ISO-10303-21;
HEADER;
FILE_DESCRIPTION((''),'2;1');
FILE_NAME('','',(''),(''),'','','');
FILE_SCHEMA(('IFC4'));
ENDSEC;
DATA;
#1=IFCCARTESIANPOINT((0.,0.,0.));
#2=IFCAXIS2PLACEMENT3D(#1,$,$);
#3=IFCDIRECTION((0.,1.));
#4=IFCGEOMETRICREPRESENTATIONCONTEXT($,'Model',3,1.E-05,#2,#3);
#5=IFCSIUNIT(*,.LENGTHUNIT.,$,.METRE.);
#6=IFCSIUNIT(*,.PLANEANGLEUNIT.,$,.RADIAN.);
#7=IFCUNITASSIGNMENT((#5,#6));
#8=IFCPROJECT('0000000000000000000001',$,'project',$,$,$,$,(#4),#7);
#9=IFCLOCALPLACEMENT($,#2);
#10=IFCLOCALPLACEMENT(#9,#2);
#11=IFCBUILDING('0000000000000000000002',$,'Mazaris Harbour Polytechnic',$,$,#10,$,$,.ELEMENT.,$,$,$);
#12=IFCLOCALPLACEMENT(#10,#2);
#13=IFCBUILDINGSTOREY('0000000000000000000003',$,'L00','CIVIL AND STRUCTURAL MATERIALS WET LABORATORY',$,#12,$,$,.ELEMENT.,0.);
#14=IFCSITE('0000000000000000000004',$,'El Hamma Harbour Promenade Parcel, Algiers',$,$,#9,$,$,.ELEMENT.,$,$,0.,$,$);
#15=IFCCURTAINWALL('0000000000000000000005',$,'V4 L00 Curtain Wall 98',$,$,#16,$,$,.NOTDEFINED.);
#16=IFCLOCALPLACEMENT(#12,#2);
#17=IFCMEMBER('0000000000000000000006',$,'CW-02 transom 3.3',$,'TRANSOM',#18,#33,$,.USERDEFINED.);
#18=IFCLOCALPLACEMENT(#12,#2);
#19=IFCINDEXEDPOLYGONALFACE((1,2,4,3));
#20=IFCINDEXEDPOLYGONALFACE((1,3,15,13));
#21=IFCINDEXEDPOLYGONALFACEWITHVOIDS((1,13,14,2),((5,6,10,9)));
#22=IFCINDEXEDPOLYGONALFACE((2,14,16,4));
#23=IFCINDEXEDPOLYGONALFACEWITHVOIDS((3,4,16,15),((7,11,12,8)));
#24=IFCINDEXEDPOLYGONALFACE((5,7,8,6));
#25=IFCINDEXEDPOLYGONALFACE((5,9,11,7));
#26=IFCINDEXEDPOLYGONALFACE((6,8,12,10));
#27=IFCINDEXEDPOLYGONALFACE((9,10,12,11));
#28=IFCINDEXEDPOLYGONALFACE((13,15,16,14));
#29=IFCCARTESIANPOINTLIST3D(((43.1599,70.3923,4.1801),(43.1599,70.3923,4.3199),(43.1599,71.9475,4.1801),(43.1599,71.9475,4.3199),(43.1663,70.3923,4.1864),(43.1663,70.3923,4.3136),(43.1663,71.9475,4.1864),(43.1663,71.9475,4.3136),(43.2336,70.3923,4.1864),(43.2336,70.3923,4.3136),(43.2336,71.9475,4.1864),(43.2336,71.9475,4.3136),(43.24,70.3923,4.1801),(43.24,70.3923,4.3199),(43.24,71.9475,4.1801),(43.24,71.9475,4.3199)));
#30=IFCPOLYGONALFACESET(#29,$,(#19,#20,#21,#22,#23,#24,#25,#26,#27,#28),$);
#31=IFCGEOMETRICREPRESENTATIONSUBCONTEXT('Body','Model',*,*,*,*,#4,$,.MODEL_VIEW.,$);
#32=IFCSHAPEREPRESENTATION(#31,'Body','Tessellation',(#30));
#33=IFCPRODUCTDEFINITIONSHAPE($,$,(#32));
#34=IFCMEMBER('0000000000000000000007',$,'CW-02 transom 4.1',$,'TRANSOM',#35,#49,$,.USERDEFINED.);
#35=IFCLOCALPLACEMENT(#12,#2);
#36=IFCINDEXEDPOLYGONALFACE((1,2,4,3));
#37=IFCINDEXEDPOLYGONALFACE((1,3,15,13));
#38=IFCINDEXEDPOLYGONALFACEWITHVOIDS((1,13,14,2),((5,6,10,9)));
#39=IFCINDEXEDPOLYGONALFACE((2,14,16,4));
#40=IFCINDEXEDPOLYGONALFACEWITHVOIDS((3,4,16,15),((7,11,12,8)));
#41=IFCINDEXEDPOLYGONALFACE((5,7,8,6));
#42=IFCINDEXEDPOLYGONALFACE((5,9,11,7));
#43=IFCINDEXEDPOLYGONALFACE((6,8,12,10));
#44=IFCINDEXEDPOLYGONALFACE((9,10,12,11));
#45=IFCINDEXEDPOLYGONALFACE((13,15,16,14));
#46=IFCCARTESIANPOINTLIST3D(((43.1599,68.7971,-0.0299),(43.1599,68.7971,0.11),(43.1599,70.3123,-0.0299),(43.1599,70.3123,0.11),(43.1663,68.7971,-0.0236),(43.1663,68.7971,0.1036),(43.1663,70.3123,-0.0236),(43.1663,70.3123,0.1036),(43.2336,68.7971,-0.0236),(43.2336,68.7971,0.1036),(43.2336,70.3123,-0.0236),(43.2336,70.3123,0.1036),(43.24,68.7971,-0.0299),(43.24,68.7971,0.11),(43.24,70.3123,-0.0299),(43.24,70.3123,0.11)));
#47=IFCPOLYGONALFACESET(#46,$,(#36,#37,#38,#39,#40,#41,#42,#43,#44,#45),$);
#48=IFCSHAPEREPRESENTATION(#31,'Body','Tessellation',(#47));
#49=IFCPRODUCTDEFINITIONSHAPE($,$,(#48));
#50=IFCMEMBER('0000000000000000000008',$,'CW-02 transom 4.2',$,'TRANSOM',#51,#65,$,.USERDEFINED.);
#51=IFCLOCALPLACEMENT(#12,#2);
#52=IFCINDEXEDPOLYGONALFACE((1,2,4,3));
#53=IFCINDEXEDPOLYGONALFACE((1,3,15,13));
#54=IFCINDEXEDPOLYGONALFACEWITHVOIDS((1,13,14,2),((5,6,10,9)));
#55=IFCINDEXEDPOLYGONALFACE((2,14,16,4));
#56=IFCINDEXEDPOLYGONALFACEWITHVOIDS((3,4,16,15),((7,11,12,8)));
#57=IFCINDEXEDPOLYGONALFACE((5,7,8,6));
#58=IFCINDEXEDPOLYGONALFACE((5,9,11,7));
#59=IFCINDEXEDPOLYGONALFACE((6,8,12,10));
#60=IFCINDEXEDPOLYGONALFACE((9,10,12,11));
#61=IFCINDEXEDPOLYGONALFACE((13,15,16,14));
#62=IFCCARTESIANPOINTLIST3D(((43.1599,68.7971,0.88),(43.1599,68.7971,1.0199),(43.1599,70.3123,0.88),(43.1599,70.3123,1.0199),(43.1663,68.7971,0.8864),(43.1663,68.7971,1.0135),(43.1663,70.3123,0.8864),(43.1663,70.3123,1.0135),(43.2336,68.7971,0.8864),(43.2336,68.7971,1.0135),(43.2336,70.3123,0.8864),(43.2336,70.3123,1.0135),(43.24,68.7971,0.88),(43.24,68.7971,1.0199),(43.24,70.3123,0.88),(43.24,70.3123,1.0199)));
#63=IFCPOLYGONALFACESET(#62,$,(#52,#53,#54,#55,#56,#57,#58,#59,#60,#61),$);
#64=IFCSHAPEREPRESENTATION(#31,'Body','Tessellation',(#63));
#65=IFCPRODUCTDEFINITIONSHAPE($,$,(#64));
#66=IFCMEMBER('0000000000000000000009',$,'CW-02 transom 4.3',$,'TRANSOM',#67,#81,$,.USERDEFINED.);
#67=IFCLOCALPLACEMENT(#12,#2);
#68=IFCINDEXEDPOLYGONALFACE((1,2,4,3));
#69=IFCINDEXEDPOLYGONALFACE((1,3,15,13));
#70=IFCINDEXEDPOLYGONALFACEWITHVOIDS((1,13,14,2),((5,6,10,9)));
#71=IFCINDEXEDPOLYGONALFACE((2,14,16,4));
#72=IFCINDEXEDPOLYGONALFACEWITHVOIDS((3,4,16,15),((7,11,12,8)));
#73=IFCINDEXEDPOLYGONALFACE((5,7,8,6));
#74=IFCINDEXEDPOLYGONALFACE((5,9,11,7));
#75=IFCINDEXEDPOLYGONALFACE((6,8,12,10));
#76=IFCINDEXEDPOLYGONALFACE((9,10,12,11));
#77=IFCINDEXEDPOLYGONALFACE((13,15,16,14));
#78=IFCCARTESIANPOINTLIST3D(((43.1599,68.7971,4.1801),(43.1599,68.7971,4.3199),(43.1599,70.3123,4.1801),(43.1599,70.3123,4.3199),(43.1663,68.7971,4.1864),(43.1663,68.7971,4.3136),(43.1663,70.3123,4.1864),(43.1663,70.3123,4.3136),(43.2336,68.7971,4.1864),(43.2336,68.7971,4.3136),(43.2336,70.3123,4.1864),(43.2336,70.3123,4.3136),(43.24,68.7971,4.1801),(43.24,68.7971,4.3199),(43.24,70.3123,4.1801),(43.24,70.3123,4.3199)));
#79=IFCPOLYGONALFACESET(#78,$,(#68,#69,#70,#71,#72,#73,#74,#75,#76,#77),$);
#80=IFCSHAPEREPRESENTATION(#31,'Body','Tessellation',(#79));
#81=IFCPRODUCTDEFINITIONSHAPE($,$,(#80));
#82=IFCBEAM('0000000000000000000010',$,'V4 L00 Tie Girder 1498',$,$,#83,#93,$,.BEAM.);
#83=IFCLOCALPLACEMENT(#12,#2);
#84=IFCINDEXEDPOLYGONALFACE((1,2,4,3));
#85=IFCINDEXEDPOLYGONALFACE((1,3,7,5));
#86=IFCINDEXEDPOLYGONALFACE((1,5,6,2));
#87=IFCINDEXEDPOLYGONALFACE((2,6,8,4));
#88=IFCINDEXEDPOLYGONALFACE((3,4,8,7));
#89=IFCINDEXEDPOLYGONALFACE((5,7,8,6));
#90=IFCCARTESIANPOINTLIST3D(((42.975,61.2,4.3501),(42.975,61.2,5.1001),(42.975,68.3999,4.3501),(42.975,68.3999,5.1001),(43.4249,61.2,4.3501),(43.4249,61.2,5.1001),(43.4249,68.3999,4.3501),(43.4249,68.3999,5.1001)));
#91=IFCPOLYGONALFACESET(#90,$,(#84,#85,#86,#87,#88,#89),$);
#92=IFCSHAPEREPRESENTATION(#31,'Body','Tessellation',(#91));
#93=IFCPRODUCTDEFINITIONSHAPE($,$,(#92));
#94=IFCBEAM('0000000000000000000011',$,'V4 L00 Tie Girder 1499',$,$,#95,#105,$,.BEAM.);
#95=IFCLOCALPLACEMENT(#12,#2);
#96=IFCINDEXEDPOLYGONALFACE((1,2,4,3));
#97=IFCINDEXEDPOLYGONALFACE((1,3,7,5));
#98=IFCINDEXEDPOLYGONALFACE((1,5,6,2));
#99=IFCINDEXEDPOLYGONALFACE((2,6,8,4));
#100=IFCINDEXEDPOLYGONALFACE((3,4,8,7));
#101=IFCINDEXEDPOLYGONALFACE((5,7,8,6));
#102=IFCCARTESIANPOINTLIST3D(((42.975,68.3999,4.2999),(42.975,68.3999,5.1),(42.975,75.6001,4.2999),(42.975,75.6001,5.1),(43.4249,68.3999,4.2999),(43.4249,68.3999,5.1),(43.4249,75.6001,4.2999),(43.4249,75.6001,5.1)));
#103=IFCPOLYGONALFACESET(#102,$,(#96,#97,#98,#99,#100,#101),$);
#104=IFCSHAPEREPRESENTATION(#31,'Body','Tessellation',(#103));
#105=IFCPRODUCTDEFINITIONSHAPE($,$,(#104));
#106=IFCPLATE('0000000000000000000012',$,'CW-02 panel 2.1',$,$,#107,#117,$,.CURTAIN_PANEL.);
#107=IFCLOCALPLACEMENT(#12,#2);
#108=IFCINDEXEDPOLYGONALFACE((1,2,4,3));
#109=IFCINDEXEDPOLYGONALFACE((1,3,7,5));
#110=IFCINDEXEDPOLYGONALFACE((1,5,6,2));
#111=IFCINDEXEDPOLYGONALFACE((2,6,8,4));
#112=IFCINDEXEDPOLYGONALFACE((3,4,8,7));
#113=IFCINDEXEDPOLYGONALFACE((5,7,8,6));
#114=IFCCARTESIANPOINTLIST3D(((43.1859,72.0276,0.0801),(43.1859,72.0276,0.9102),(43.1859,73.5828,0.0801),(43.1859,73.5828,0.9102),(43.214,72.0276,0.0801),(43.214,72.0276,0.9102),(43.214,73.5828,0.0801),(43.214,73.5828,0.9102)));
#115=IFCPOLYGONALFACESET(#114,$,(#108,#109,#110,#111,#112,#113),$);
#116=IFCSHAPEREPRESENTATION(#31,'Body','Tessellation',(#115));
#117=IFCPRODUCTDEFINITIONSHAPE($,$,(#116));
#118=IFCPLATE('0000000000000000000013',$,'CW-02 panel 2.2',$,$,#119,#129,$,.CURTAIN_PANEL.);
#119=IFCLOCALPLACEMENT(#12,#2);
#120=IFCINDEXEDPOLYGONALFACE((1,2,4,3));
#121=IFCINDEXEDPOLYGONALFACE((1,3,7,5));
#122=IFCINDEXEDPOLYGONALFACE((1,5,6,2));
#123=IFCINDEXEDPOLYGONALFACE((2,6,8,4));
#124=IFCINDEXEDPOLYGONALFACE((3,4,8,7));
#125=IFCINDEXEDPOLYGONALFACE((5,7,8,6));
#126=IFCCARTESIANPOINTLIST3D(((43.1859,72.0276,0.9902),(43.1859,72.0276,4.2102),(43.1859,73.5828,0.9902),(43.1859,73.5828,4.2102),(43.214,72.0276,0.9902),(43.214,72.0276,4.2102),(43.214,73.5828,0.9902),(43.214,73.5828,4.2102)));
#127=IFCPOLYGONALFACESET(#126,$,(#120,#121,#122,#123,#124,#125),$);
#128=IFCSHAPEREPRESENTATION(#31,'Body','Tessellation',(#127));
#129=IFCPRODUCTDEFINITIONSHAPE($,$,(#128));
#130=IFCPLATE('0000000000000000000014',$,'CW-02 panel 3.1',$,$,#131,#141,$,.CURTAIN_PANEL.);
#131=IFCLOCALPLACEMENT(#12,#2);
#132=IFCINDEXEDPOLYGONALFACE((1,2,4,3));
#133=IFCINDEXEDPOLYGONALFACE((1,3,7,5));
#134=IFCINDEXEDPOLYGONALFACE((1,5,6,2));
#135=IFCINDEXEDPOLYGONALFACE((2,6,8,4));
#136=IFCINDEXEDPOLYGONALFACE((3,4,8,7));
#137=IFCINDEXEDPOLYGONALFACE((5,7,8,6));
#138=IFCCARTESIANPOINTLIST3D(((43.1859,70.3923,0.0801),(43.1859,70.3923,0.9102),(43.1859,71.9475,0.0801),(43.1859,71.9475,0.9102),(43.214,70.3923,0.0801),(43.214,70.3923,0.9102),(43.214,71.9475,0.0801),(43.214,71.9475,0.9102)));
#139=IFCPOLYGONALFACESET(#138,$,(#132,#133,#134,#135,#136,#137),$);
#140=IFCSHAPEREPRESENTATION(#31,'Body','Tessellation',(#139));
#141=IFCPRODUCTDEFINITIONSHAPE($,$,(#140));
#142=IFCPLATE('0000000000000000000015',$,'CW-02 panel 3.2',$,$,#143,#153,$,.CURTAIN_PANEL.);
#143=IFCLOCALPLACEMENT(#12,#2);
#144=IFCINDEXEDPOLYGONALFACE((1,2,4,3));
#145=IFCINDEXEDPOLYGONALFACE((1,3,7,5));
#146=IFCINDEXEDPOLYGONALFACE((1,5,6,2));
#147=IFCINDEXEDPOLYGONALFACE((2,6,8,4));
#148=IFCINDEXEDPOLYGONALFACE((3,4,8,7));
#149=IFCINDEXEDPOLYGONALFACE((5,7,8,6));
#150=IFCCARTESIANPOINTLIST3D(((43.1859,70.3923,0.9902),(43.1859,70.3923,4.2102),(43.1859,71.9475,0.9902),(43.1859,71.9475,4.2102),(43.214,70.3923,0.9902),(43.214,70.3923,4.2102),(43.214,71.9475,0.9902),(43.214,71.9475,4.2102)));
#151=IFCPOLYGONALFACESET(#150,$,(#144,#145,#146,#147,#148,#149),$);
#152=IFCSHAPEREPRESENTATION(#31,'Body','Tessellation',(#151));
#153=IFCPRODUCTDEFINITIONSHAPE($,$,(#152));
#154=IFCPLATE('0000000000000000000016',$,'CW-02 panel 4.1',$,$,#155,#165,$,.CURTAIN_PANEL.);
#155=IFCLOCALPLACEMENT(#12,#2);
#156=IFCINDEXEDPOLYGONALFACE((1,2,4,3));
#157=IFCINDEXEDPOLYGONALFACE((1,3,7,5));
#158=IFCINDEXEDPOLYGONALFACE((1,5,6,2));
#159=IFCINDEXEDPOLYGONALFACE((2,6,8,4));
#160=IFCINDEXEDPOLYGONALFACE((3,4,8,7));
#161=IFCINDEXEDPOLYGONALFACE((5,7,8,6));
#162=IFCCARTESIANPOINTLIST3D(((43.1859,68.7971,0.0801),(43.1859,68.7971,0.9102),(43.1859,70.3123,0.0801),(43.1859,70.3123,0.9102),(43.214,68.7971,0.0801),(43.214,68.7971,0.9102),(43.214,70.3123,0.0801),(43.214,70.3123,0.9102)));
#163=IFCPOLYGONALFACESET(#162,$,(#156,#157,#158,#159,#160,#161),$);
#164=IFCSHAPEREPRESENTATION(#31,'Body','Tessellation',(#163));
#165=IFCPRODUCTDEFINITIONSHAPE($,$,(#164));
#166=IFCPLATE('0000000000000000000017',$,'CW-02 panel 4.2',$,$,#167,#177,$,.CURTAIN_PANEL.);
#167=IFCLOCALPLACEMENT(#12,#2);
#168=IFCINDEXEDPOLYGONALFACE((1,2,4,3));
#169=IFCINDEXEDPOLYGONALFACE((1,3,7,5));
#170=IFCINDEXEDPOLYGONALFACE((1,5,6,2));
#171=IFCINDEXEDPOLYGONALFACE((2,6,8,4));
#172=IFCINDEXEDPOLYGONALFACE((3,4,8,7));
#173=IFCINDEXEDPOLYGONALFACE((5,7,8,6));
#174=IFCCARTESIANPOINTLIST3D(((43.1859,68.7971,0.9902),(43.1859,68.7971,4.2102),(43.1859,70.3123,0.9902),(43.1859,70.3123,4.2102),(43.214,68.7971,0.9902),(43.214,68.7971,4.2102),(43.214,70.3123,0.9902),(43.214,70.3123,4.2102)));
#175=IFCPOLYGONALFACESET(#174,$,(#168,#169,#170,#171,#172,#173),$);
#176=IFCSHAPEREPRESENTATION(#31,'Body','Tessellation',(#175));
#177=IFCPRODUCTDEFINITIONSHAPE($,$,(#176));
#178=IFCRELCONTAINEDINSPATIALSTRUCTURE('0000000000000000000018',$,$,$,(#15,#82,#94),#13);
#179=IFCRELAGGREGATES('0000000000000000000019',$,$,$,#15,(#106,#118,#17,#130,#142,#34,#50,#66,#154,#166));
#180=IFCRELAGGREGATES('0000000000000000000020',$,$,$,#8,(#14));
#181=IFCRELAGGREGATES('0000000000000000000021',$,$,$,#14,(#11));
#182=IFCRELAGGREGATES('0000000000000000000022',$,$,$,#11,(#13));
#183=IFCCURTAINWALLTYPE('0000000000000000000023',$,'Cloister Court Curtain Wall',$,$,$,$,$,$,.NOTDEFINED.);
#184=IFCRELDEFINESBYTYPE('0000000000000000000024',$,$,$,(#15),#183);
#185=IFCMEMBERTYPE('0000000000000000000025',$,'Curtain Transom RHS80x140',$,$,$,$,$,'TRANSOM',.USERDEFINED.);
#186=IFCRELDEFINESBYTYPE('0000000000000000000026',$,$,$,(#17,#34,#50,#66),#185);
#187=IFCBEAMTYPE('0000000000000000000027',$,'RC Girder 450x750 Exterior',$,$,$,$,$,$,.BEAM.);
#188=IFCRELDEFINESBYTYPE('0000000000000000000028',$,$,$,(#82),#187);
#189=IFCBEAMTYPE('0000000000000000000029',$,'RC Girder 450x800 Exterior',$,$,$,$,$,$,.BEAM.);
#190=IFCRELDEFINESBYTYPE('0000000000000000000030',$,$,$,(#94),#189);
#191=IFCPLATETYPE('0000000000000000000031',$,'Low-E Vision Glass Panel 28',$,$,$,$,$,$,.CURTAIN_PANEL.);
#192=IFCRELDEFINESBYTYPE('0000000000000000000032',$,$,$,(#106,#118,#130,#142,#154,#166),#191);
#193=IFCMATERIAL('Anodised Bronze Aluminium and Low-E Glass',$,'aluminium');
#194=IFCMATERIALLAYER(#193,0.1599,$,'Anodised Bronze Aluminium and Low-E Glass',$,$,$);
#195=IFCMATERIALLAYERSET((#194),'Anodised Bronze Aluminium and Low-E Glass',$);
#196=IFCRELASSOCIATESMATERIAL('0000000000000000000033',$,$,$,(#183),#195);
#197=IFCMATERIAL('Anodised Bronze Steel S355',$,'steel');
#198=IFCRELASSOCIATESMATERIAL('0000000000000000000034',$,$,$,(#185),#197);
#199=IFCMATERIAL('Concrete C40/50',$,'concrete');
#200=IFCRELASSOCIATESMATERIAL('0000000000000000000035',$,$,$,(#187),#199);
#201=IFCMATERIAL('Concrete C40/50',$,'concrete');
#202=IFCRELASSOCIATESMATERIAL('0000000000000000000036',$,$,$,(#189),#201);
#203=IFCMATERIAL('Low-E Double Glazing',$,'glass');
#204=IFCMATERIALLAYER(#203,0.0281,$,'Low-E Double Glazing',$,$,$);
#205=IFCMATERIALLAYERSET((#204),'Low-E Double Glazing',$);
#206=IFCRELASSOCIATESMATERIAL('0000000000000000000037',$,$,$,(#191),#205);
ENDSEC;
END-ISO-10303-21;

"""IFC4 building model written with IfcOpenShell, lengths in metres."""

from ifc_helpers import new_model, si_unit, direction, frame, origin, origin_2d, place, context, subcontext, project, spatial, rectangle, hollow_rectangle, extrude, material, layer, layer_set, material_profile, profile_set, type_object, element, aggregate, save


model = new_model("IFC4")

# Units and contexts
model_context = context("Model", 3, precision=1e-05, world=origin(), true_north=direction((0.0, 1.0)))
body_context = subcontext(model_context, "Body", "Model", "MODEL_VIEW")
ifc_project = project(units=[si_unit("LENGTHUNIT", "METRE"), si_unit("PLANEANGLEUNIT", "RADIAN")], contexts=[model_context])

# Site, building, storey
site_placement = place(None, origin())
site = spatial("IfcSite", under=ifc_project, at=site_placement, Name="El Hamma Harbour Promenade Parcel, Algiers", CompositionType="ELEMENT", RefElevation=0.0)
building_placement = place(site_placement, origin())
building = spatial("IfcBuilding", under=site, at=building_placement, Name="Mazaris Harbour Polytechnic", CompositionType="ELEMENT")
storey_placement = place(building_placement, origin())
storey = spatial("IfcBuildingStorey", under=building, at=storey_placement, Name="L00", Description="CIVIL AND STRUCTURAL MATERIALS WET LABORATORY", CompositionType="ELEMENT", Elevation=0.0)

# Shared definitions
ifc_material_1 = material(Name="Anodised Bronze Aluminium and Low-E Glass", Category="aluminium")
ifc_layer_1 = layer(ifc_material_1, 0.1599, Name="Anodised Bronze Aluminium and Low-E Glass")
ifc_layer_set_1 = layer_set([ifc_layer_1], Name="Anodised Bronze Aluminium and Low-E Glass")
curtain_wall_type = type_object("IfcCurtainWallType", Name="Cloister Court Curtain Wall", PredefinedType="NOTDEFINED", material=ifc_layer_set_1)

# Curtain wall, members
curtain_wall_1_placement = place(storey_placement, origin())
curtain_wall_1 = element("IfcCurtainWall", 1, at=curtain_wall_1_placement, inside=storey, type_object=curtain_wall_type, Name="V4 L00 Curtain Wall 98", PredefinedType="NOTDEFINED")
ifc_material_2 = material(Name="Anodised Bronze Steel S355", Category="steel")
ifc_material_profile_1 = material_profile(ifc_material_2, hollow_rectangle(XDim=0.0801, YDim=0.1399, WallThickness=0.0063, at=origin_2d()), Name="RHS 80x140x6.3")
ifc_profile_set_1 = profile_set([ifc_material_profile_1], Name="Anodised Bronze Steel S355")
member_type_1 = type_object("IfcMemberType", Name="Curtain Transom RHS80x140", ElementType="TRANSOM", PredefinedType="USERDEFINED", material=ifc_profile_set_1)
member_1_placement = place(storey_placement, frame((43.2, 71.9475, 4.25), z_axis=(0.0, -1.0, 0.0), x_axis=(1.0, 0.0, 0.0)))
member_1 = element("IfcMember", 2, at=member_1_placement, type_object=member_type_1, Name="CW-02 transom 3.3", ObjectType="TRANSOM", PredefinedType="USERDEFINED", context=body_context, shape_type="SweptSolid", body=[
    extrude(hollow_rectangle(XDim=0.0801, YDim=0.1399, WallThickness=0.0063, at=origin_2d()), origin(), (0.0, 0.0, 1.0), 1.5552),
])
member_2_placement = place(storey_placement, frame((43.2, 70.3123, 0.04), z_axis=(0.0, -1.0, 0.0), x_axis=(1.0, 0.0, 0.0)))
member_2 = element("IfcMember", 3, at=member_2_placement, type_object=member_type_1, Name="CW-02 transom 4.1", ObjectType="TRANSOM", PredefinedType="USERDEFINED", context=body_context, shape_type="SweptSolid", body=[
    extrude(hollow_rectangle(XDim=0.0801, YDim=0.1399, WallThickness=0.0063, at=origin_2d()), origin(), (0.0, 0.0, 1.0), 1.5151),
])
member_3_placement = place(storey_placement, frame((43.2, 70.3123, 0.95), z_axis=(0.0, -1.0, 0.0), x_axis=(1.0, 0.0, 0.0)))
member_3 = element("IfcMember", 4, at=member_3_placement, type_object=member_type_1, Name="CW-02 transom 4.2", ObjectType="TRANSOM", PredefinedType="USERDEFINED", context=body_context, shape_type="SweptSolid", body=[
    extrude(hollow_rectangle(XDim=0.0801, YDim=0.1399, WallThickness=0.0063, at=origin_2d()), origin(), (0.0, 0.0, 1.0), 1.5151),
])
member_4_placement = place(storey_placement, frame((43.2, 70.3123, 4.25), z_axis=(0.0, -1.0, 0.0), x_axis=(1.0, 0.0, 0.0)))
member_4 = element("IfcMember", 5, at=member_4_placement, type_object=member_type_1, Name="CW-02 transom 4.3", ObjectType="TRANSOM", PredefinedType="USERDEFINED", context=body_context, shape_type="SweptSolid", body=[
    extrude(hollow_rectangle(XDim=0.0801, YDim=0.1399, WallThickness=0.0063, at=origin_2d()), origin(), (0.0, 0.0, 1.0), 1.5151),
])

# Beams
ifc_material_3 = material(Name="Concrete C40/50", Category="concrete")
ifc_material_profile_2 = material_profile(ifc_material_3, rectangle(XDim=0.45, YDim=0.75, at=origin_2d()), Name="RECT450x750")
ifc_profile_set_2 = profile_set([ifc_material_profile_2], Name="Concrete C40/50")
beam_type_1 = type_object("IfcBeamType", Name="RC Girder 450x750 Exterior", PredefinedType="BEAM", material=ifc_profile_set_2)
beam_1_placement = place(storey_placement, frame((43.2, 61.2, 4.7251), z_axis=(0.0, 1.0, 0.0), x_axis=(-1.0, 0.0, 0.0)))
element("IfcBeam", 6, at=beam_1_placement, inside=storey, type_object=beam_type_1, Name="V4 L00 Tie Girder 1498", PredefinedType="BEAM", context=body_context, shape_type="SweptSolid", body=[
    extrude(rectangle(XDim=0.45, YDim=0.75, at=origin_2d()), origin(), (0.0, 0.0, 1.0), 7.2),
])
ifc_material_4 = material(Name="Concrete C40/50", Category="concrete")
ifc_material_profile_3 = material_profile(ifc_material_4, rectangle(XDim=0.45, YDim=0.8, at=origin_2d()), Name="RECT450x800")
ifc_profile_set_3 = profile_set([ifc_material_profile_3], Name="Concrete C40/50")
beam_type_2 = type_object("IfcBeamType", Name="RC Girder 450x800 Exterior", PredefinedType="BEAM", material=ifc_profile_set_3)
beam_2_placement = place(storey_placement, frame((43.2, 68.3999, 4.7), z_axis=(0.0, 1.0, 0.0), x_axis=(-1.0, 0.0, 0.0)))
element("IfcBeam", 7, at=beam_2_placement, inside=storey, type_object=beam_type_2, Name="V4 L00 Tie Girder 1499", PredefinedType="BEAM", context=body_context, shape_type="SweptSolid", body=[
    extrude(rectangle(XDim=0.45, YDim=0.8, at=origin_2d()), origin(), (0.0, 0.0, 1.0), 7.2002),
])

# Plates
ifc_material_5 = material(Name="Low-E Double Glazing", Category="glass")
ifc_layer_2 = layer(ifc_material_5, 0.0281, Name="Low-E Double Glazing")
ifc_layer_set_2 = layer_set([ifc_layer_2], Name="Low-E Double Glazing")
plate_type = type_object("IfcPlateType", Name="Low-E Vision Glass Panel 28", PredefinedType="CURTAIN_PANEL", material=ifc_layer_set_2)
plate_1_placement = place(storey_placement, frame((43.2, 72.8052, 0.0801), z_axis=(0.0, 0.0, 1.0), x_axis=(0.0, -1.0, 0.0)))
plate_1 = element("IfcPlate", 8, at=plate_1_placement, type_object=plate_type, Name="CW-02 panel 2.1", PredefinedType="CURTAIN_PANEL", context=body_context, shape_type="SweptSolid", body=[
    extrude(rectangle(XDim=1.5552, YDim=0.0281, at=origin_2d()), origin(), (0.0, 0.0, 1.0), 0.8301),
])
plate_2_placement = place(storey_placement, frame((43.2, 72.8052, 0.9902), z_axis=(0.0, 0.0, 1.0), x_axis=(0.0, -1.0, 0.0)))
plate_2 = element("IfcPlate", 9, at=plate_2_placement, type_object=plate_type, Name="CW-02 panel 2.2", PredefinedType="CURTAIN_PANEL", context=body_context, shape_type="SweptSolid", body=[
    extrude(rectangle(XDim=1.5552, YDim=0.0281, at=origin_2d()), origin(), (0.0, 0.0, 1.0), 3.22),
])
plate_3_placement = place(storey_placement, frame((43.2, 71.1699, 0.0801), z_axis=(0.0, 0.0, 1.0), x_axis=(0.0, -1.0, 0.0)))
plate_3 = element("IfcPlate", 10, at=plate_3_placement, type_object=plate_type, Name="CW-02 panel 3.1", PredefinedType="CURTAIN_PANEL", context=body_context, shape_type="SweptSolid", body=[
    extrude(rectangle(XDim=1.5552, YDim=0.0281, at=origin_2d()), origin(), (0.0, 0.0, 1.0), 0.8301),
])
plate_4_placement = place(storey_placement, frame((43.2, 71.1699, 0.9902), z_axis=(0.0, 0.0, 1.0), x_axis=(0.0, -1.0, 0.0)))
plate_4 = element("IfcPlate", 11, at=plate_4_placement, type_object=plate_type, Name="CW-02 panel 3.2", PredefinedType="CURTAIN_PANEL", context=body_context, shape_type="SweptSolid", body=[
    extrude(rectangle(XDim=1.5552, YDim=0.0281, at=origin_2d()), origin(), (0.0, 0.0, 1.0), 3.22),
])
plate_5_placement = place(storey_placement, frame((43.2, 69.5547, 0.0801), z_axis=(0.0, 0.0, 1.0), x_axis=(0.0, -1.0, 0.0)))
plate_5 = element("IfcPlate", 12, at=plate_5_placement, type_object=plate_type, Name="CW-02 panel 4.1", PredefinedType="CURTAIN_PANEL", context=body_context, shape_type="SweptSolid", body=[
    extrude(rectangle(XDim=1.5151, YDim=0.0281, at=origin_2d()), origin(), (0.0, 0.0, 1.0), 0.8301),
])
plate_6_placement = place(storey_placement, frame((43.2, 69.5547, 0.9902), z_axis=(0.0, 0.0, 1.0), x_axis=(0.0, -1.0, 0.0)))
plate_6 = element("IfcPlate", 13, at=plate_6_placement, type_object=plate_type, Name="CW-02 panel 4.2", PredefinedType="CURTAIN_PANEL", context=body_context, shape_type="SweptSolid", body=[
    extrude(rectangle(XDim=1.5151, YDim=0.0281, at=origin_2d()), origin(), (0.0, 0.0, 1.0), 3.22),
])
aggregate(curtain_wall_1, [plate_1, plate_2, member_1, plate_3, plate_4, member_2, member_3, member_4, plate_5, plate_6])

save(model, "model.ifc")
